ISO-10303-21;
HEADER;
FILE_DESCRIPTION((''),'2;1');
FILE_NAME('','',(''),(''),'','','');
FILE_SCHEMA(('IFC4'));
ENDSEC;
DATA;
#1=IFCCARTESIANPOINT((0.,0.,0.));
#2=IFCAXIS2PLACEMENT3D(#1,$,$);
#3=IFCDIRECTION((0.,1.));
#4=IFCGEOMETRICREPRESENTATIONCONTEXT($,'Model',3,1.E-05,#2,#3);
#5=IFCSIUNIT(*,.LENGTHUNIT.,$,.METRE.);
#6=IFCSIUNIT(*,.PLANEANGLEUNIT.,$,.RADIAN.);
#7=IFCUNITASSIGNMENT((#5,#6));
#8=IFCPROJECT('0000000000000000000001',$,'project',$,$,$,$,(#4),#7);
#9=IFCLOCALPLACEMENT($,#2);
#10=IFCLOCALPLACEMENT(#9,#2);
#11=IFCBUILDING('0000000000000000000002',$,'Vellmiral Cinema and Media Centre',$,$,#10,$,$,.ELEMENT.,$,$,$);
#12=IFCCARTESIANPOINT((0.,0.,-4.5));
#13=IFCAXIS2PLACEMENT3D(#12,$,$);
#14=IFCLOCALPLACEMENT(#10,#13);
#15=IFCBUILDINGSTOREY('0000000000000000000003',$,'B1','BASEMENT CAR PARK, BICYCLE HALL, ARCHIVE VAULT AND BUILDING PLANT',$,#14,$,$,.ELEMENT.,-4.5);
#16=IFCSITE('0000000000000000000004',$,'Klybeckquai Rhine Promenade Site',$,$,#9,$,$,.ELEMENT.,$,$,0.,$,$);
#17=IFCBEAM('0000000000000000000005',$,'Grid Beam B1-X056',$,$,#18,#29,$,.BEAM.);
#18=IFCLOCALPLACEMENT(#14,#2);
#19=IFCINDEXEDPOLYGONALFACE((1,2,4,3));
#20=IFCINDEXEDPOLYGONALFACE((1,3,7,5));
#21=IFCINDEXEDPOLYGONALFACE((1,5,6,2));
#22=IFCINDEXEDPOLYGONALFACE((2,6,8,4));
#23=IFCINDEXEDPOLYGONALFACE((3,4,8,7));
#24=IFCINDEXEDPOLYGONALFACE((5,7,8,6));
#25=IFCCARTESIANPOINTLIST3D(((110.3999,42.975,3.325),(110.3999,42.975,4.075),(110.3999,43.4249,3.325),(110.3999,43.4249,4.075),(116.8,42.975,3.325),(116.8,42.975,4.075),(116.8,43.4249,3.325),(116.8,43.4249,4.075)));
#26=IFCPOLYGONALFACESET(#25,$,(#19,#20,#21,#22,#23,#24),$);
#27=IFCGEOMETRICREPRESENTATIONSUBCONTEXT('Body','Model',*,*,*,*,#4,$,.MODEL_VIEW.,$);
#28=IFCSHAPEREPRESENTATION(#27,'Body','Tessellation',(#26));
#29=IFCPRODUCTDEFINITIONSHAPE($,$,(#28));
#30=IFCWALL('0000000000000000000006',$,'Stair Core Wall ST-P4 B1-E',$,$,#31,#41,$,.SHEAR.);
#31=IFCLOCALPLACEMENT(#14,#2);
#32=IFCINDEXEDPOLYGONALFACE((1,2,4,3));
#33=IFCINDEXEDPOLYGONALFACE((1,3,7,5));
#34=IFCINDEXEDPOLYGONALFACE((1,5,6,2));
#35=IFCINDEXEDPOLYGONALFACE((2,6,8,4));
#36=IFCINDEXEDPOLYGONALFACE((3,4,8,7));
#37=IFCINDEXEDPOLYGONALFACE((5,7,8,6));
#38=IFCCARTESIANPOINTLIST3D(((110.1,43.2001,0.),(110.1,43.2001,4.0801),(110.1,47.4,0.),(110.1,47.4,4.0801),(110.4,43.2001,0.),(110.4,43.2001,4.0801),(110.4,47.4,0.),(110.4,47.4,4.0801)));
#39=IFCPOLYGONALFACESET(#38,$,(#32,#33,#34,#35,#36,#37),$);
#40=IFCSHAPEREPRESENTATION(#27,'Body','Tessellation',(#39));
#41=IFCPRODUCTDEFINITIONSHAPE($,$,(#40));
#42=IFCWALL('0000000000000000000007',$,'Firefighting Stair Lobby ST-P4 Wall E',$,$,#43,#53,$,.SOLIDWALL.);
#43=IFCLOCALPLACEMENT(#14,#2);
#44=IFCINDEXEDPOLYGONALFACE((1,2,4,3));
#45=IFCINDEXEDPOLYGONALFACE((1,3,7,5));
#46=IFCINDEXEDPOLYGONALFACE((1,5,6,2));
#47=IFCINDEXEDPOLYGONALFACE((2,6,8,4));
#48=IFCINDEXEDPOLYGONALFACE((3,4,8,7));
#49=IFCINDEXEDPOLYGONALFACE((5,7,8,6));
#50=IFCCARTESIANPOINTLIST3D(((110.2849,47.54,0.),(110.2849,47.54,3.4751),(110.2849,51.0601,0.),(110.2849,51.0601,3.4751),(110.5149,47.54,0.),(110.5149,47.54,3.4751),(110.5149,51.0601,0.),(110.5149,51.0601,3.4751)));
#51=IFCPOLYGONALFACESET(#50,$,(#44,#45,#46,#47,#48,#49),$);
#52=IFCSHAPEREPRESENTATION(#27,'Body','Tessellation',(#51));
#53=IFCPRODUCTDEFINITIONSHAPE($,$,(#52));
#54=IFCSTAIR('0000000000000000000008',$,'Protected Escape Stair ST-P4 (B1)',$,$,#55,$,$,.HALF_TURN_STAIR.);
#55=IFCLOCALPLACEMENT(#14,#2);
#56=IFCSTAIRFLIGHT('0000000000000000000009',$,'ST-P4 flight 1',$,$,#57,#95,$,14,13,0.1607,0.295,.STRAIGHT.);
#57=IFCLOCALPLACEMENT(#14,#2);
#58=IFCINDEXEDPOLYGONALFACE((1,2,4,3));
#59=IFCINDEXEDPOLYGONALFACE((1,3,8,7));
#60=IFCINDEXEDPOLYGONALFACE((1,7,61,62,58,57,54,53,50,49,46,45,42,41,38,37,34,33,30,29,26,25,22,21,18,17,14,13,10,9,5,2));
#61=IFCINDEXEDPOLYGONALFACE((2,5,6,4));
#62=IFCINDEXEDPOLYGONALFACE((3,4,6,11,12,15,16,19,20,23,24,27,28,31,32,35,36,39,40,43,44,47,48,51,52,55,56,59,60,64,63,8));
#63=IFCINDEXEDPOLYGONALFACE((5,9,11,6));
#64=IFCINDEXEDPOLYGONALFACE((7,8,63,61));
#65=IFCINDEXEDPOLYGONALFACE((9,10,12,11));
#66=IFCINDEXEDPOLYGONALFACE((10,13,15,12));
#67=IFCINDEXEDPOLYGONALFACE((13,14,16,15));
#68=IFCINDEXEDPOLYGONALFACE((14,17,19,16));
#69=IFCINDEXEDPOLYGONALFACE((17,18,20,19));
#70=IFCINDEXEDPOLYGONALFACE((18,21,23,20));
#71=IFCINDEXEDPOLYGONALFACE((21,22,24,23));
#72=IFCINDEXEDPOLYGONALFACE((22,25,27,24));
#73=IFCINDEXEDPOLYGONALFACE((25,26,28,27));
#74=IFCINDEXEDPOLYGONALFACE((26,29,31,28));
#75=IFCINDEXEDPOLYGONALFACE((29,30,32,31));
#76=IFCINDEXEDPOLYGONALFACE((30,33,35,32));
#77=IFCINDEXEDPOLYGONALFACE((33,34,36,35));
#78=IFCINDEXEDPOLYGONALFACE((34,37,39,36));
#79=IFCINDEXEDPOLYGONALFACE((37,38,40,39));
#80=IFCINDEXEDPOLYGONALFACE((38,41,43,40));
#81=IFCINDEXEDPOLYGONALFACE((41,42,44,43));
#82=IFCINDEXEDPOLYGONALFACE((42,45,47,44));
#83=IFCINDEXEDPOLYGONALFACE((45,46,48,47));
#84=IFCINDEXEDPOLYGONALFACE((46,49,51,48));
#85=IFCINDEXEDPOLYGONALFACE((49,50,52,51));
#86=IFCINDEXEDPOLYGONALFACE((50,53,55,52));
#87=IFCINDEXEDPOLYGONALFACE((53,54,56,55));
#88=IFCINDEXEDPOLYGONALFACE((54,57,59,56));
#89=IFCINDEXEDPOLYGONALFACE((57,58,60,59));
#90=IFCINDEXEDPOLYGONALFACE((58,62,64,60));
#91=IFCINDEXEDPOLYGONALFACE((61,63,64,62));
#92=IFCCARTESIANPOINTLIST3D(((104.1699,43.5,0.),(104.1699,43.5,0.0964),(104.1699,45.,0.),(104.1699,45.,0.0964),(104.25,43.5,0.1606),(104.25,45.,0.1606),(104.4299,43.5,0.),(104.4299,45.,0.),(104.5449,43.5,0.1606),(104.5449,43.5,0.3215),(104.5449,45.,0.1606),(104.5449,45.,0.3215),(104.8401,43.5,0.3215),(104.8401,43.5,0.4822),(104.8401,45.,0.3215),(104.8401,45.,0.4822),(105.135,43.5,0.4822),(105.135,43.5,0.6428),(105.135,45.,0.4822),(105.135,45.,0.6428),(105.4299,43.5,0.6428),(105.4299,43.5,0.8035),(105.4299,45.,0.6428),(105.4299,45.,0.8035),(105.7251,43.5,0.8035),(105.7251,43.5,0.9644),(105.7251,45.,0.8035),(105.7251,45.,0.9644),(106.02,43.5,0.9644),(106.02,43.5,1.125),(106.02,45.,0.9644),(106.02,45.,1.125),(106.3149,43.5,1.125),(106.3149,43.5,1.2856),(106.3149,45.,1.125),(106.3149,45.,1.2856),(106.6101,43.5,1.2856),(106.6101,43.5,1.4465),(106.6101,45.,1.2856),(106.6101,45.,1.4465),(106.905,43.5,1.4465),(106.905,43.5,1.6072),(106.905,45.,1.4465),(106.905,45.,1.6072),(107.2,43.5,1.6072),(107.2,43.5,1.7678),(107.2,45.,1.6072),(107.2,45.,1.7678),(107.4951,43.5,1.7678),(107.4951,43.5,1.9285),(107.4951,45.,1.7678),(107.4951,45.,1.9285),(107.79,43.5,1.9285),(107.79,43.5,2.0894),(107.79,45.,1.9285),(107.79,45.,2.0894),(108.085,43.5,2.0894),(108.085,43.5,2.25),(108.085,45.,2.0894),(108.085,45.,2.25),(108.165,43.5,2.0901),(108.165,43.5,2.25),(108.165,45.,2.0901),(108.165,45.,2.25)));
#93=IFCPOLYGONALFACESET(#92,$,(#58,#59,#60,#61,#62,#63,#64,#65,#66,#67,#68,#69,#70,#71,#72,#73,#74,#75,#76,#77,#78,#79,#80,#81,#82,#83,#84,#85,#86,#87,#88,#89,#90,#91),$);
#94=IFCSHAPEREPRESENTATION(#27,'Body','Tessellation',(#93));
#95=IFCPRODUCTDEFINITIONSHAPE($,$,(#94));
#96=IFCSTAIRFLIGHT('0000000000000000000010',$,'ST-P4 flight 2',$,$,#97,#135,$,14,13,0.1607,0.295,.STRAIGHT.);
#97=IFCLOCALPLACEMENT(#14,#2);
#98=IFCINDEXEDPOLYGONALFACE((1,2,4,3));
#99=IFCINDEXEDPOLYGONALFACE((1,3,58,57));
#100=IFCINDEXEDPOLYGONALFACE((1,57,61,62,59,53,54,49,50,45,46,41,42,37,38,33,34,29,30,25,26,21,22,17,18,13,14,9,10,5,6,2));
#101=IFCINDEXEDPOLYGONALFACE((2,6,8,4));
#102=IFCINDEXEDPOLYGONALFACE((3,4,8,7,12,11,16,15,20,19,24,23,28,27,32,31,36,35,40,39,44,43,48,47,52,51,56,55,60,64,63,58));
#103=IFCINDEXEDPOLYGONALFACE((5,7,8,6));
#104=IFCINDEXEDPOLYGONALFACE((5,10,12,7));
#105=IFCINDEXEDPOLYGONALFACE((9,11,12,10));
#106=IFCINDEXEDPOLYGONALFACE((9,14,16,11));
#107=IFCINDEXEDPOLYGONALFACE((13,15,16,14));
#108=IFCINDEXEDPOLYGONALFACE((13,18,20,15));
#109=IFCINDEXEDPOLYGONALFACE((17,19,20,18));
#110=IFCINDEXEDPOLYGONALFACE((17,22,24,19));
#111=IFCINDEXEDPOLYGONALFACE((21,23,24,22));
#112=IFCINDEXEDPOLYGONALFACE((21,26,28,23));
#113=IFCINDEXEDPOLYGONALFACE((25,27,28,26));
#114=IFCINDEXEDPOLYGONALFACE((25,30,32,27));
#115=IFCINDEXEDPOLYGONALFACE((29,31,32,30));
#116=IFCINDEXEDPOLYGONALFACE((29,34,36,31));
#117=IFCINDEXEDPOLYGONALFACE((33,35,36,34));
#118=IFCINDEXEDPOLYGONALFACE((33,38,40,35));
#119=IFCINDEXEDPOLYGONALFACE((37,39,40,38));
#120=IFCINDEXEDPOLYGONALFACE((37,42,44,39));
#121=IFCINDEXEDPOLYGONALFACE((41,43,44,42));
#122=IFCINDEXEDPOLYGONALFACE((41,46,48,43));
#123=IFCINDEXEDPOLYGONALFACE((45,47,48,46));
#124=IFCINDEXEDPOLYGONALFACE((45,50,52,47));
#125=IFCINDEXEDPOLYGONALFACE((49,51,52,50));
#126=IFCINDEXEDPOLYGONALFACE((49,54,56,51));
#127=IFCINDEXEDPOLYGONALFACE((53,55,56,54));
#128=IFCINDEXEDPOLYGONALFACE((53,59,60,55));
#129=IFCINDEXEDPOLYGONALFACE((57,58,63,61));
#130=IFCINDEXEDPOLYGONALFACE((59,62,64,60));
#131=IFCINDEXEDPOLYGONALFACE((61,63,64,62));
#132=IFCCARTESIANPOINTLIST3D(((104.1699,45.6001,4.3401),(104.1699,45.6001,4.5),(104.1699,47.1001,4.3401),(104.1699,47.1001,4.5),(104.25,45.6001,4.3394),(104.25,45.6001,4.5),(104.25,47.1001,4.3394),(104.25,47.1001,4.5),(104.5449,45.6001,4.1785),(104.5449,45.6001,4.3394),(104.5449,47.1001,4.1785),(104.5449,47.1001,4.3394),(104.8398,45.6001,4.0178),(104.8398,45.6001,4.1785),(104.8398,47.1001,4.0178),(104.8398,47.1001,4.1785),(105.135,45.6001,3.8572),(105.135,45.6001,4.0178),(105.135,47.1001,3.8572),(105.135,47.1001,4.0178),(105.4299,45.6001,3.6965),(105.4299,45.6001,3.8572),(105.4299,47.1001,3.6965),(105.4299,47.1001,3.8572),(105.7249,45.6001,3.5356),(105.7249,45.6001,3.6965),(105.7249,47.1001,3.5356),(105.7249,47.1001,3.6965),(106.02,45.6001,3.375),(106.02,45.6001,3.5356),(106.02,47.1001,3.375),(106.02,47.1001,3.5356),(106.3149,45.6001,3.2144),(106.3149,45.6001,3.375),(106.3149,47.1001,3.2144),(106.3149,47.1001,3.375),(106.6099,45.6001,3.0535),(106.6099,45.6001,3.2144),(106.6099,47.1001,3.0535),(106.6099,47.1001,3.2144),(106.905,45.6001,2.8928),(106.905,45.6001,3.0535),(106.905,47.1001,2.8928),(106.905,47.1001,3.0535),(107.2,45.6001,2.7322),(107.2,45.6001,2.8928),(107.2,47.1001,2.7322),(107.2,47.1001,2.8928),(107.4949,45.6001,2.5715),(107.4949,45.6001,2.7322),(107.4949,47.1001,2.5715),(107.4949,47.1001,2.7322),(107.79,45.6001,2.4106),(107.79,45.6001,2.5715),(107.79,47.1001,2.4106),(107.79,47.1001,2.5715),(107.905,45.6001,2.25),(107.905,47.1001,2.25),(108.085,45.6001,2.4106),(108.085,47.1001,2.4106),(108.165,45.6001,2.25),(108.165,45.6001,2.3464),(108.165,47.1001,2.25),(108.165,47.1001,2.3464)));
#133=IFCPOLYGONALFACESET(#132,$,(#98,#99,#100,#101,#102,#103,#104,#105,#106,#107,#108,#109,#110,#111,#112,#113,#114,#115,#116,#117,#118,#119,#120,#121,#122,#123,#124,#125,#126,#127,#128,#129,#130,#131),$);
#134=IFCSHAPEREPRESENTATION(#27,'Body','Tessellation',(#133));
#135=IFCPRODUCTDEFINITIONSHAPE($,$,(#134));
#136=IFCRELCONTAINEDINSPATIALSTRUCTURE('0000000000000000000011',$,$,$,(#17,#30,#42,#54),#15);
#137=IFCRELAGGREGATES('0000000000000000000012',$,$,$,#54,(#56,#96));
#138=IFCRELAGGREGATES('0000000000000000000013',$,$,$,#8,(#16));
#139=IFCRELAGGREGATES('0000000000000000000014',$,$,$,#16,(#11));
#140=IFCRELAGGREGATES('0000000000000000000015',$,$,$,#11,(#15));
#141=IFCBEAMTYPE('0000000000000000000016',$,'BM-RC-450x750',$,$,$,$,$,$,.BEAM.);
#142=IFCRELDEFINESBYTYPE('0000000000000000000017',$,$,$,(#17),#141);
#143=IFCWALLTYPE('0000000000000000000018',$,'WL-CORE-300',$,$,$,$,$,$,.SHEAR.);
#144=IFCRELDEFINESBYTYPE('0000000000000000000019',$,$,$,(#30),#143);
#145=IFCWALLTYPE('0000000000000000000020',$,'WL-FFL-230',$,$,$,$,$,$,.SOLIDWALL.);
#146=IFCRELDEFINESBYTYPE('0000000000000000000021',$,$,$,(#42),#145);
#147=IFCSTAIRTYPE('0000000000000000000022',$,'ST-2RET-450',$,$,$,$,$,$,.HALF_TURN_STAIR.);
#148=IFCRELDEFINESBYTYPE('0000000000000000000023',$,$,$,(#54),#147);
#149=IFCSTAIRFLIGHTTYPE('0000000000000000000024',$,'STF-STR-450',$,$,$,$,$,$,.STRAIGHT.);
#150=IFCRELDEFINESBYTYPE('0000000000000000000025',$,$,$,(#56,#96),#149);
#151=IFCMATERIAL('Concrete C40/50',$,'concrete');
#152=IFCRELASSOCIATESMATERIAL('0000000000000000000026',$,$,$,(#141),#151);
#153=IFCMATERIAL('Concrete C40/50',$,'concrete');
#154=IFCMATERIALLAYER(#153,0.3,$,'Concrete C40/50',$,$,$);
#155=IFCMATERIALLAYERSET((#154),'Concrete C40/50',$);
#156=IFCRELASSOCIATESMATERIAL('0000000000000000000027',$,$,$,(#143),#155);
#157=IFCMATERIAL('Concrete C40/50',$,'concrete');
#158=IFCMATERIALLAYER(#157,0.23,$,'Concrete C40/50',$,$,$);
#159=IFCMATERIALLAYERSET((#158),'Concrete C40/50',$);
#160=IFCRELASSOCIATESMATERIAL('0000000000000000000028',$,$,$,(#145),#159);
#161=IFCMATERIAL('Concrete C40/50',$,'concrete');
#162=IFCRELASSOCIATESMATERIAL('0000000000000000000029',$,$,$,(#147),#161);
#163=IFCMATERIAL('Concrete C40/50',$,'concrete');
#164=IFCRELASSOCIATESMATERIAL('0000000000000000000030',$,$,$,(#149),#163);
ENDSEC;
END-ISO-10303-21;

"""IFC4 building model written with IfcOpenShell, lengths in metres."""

from ifc_helpers import new_model, si_unit, direction, frame, frame_2d, origin, origin_2d, place, context, subcontext, project, spatial, polyline, rectangle, outline, extrude, material, layer, layer_set, material_profile, profile_set, type_object, element, aggregate, save


model = new_model("IFC4")

# Units and contexts
model_context = context("Model", 3, precision=1e-05, world=origin(), true_north=direction((0.0, 1.0)))
body_context = subcontext(model_context, "Body", "Model", "MODEL_VIEW")
ifc_project = project(units=[si_unit("LENGTHUNIT", "METRE"), si_unit("PLANEANGLEUNIT", "RADIAN")], contexts=[model_context])

# Site, building, storey
site_placement = place(None, origin())
site = spatial("IfcSite", under=ifc_project, at=site_placement, Name="Klybeckquai Rhine Promenade Site", CompositionType="ELEMENT", RefElevation=0.0)
building_placement = place(site_placement, origin())
building = spatial("IfcBuilding", under=site, at=building_placement, Name="Vellmiral Cinema and Media Centre", CompositionType="ELEMENT")
storey_placement = place(building_placement, frame((0.0, 0.0, -4.5)))
storey = spatial("IfcBuildingStorey", under=building, at=storey_placement, Name="B1", Description="BASEMENT CAR PARK, BICYCLE HALL, ARCHIVE VAULT AND BUILDING PLANT", CompositionType="ELEMENT", Elevation=-4.5)

# Beam
ifc_material_1 = material(Name="Concrete C40/50", Category="concrete")
ifc_material_profile_1 = material_profile(ifc_material_1, rectangle(XDim=0.45, YDim=0.75, at=origin_2d()), Name="RC 450x750")
ifc_profile_set_1 = profile_set([ifc_material_profile_1], Name="Concrete C40/50")
beam_type_1 = type_object("IfcBeamType", Name="BM-RC-450x750", PredefinedType="BEAM", material=ifc_profile_set_1)
beam_1_placement = place(storey_placement, frame((110.3999, 43.2, 3.7), z_axis=(1.0, 0.0, 0.0), x_axis=(0.0, 1.0, 0.0)))
element("IfcBeam", 1, at=beam_1_placement, inside=storey, type_object=beam_type_1, Name="Grid Beam B1-X056", PredefinedType="BEAM", context=body_context, shape_type="SweptSolid", body=[
    extrude(rectangle(XDim=0.45, YDim=0.75, at=origin_2d()), origin(), (0.0, 0.0, 1.0), 6.4001),
])

# Walls
ifc_material_2 = material(Name="Concrete C40/50", Category="concrete")
ifc_layer_1 = layer(ifc_material_2, 0.3, Name="Concrete C40/50")
ifc_layer_set_1 = layer_set([ifc_layer_1], Name="Concrete C40/50")
wall_type_1 = type_object("IfcWallType", Name="WL-CORE-300", PredefinedType="SHEAR", material=ifc_layer_set_1)
wall_1_placement = place(storey_placement, frame((110.25, 43.2, 0.0), z_axis=(0.0, 0.0, 1.0), x_axis=(0.0, 1.0, 0.0)))
element("IfcWall", 2, at=wall_1_placement, inside=storey, type_object=wall_type_1, Name="Stair Core Wall ST-P4 B1-E", PredefinedType="SHEAR", context=body_context, shape_type="SweptSolid", body=[
    extrude(rectangle(XDim=4.2, YDim=0.3, at=frame_2d((2.1001, 0.0))), origin(), (0.0, 0.0, 1.0), 4.0801),
])
ifc_material_3 = material(Name="Concrete C40/50", Category="concrete")
ifc_layer_2 = layer(ifc_material_3, 0.23, Name="Concrete C40/50")
ifc_layer_set_2 = layer_set([ifc_layer_2], Name="Concrete C40/50")
wall_type_2 = type_object("IfcWallType", Name="WL-FFL-230", PredefinedType="SOLIDWALL", material=ifc_layer_set_2)
wall_2_placement = place(storey_placement, frame((110.3999, 47.54, 0.0), z_axis=(0.0, 0.0, 1.0), x_axis=(0.0, 1.0, 0.0)))
element("IfcWall", 3, at=wall_2_placement, inside=storey, type_object=wall_type_2, Name="Firefighting Stair Lobby ST-P4 Wall E", PredefinedType="SOLIDWALL", context=body_context, shape_type="SweptSolid", body=[
    extrude(rectangle(XDim=3.52, YDim=0.23, at=frame_2d((1.76, 0.0))), origin(), (0.0, 0.0, 1.0), 3.4751),
])

# Stair, stair flights
ifc_material_4 = material(Name="Concrete C40/50", Category="concrete")
stair_type = type_object("IfcStairType", Name="ST-2RET-450", PredefinedType="HALF_TURN_STAIR", material=ifc_material_4)
stair_placement = place(storey_placement, origin())
stair = element("IfcStair", 4, at=stair_placement, inside=storey, type_object=stair_type, Name="Protected Escape Stair ST-P4 (B1)", PredefinedType="HALF_TURN_STAIR")
ifc_material_5 = material(Name="Concrete C40/50", Category="concrete")
stair_flight_type = type_object("IfcStairFlightType", Name="STF-STR-450", PredefinedType="STRAIGHT", material=ifc_material_5)
stair_flight_1_placement = place(storey_placement, frame((104.25, 44.25, 0.0), z_axis=(0.0, 0.0, 1.0), x_axis=(1.0, 0.0, 0.0)))
stair_flight_1 = element("IfcStairFlight", 5, at=stair_flight_1_placement, type_object=stair_flight_type, Name="ST-P4 flight 1", NumberOfRisers=14, NumberOfTreads=13, PredefinedType="STRAIGHT", RiserHeight=0.1607, TreadLength=0.295, context=body_context, shape_type="SweptSolid", body=[
    extrude(outline(polyline([(-0.0801, 0.0), (-0.0801, 0.0964), (0.0, 0.1606), (0.2949, 0.1606), (0.2949, 0.3215), (0.5901, 0.3215), (0.5901, 0.4822), (0.885, 0.4822), (0.885, 0.6428), (1.1799, 0.6428), (1.1799, 0.8035), (1.4751, 0.8035), (1.4751, 0.9644), (1.77, 0.9644), (1.77, 1.125), (2.0649, 1.125), (2.0649, 1.2856), (2.3601, 1.2856), (2.3601, 1.4465), (2.655, 1.4465), (2.655, 1.6072), (2.95, 1.6072), (2.95, 1.7678), (3.2451, 1.7678), (3.2451, 1.9285), (3.54, 1.9285), (3.54, 2.0894), (3.835, 2.0894), (3.835, 2.25), (3.915, 2.25), (3.915, 2.0901), (0.1799, 0.0), (-0.0801, 0.0)])), frame((0.0, 0.75, 0.0), z_axis=(0.0, -1.0, 0.0), x_axis=(1.0, 0.0, 0.0)), (0.0, 0.0, 1.0), 1.5),
])
stair_flight_2_placement = place(storey_placement, frame((108.085, 46.3501, 2.25), z_axis=(0.0, 0.0, 1.0), x_axis=(-1.0, 0.0, 0.0)))
stair_flight_2 = element("IfcStairFlight", 6, at=stair_flight_2_placement, type_object=stair_flight_type, Name="ST-P4 flight 2", NumberOfRisers=14, NumberOfTreads=13, PredefinedType="STRAIGHT", RiserHeight=0.1607, TreadLength=0.295, context=body_context, shape_type="SweptSolid", body=[
    extrude(outline(polyline([(-0.0801, 0.0), (-0.0801, 0.0964), (0.0, 0.1606), (0.2949, 0.1606), (0.2949, 0.3215), (0.5901, 0.3215), (0.5901, 0.4822), (0.885, 0.4822), (0.885, 0.6428), (1.1799, 0.6428), (1.1799, 0.8035), (1.4751, 0.8035), (1.4751, 0.9644), (1.77, 0.9644), (1.77, 1.125), (2.0649, 1.125), (2.0649, 1.2856), (2.3601, 1.2856), (2.3601, 1.4465), (2.655, 1.4465), (2.655, 1.6072), (2.95, 1.6072), (2.95, 1.7678), (3.2451, 1.7678), (3.2451, 1.9285), (3.54, 1.9285), (3.54, 2.0894), (3.835, 2.0894), (3.835, 2.25), (3.915, 2.25), (3.915, 2.0901), (0.1799, 0.0), (-0.0801, 0.0)])), frame((0.0, 0.75, 0.0), z_axis=(0.0, -1.0, 0.0), x_axis=(1.0, 0.0, 0.0)), (0.0, 0.0, 1.0), 1.5),
])
aggregate(stair, [stair_flight_1, stair_flight_2])

save(model, "model.ifc")
